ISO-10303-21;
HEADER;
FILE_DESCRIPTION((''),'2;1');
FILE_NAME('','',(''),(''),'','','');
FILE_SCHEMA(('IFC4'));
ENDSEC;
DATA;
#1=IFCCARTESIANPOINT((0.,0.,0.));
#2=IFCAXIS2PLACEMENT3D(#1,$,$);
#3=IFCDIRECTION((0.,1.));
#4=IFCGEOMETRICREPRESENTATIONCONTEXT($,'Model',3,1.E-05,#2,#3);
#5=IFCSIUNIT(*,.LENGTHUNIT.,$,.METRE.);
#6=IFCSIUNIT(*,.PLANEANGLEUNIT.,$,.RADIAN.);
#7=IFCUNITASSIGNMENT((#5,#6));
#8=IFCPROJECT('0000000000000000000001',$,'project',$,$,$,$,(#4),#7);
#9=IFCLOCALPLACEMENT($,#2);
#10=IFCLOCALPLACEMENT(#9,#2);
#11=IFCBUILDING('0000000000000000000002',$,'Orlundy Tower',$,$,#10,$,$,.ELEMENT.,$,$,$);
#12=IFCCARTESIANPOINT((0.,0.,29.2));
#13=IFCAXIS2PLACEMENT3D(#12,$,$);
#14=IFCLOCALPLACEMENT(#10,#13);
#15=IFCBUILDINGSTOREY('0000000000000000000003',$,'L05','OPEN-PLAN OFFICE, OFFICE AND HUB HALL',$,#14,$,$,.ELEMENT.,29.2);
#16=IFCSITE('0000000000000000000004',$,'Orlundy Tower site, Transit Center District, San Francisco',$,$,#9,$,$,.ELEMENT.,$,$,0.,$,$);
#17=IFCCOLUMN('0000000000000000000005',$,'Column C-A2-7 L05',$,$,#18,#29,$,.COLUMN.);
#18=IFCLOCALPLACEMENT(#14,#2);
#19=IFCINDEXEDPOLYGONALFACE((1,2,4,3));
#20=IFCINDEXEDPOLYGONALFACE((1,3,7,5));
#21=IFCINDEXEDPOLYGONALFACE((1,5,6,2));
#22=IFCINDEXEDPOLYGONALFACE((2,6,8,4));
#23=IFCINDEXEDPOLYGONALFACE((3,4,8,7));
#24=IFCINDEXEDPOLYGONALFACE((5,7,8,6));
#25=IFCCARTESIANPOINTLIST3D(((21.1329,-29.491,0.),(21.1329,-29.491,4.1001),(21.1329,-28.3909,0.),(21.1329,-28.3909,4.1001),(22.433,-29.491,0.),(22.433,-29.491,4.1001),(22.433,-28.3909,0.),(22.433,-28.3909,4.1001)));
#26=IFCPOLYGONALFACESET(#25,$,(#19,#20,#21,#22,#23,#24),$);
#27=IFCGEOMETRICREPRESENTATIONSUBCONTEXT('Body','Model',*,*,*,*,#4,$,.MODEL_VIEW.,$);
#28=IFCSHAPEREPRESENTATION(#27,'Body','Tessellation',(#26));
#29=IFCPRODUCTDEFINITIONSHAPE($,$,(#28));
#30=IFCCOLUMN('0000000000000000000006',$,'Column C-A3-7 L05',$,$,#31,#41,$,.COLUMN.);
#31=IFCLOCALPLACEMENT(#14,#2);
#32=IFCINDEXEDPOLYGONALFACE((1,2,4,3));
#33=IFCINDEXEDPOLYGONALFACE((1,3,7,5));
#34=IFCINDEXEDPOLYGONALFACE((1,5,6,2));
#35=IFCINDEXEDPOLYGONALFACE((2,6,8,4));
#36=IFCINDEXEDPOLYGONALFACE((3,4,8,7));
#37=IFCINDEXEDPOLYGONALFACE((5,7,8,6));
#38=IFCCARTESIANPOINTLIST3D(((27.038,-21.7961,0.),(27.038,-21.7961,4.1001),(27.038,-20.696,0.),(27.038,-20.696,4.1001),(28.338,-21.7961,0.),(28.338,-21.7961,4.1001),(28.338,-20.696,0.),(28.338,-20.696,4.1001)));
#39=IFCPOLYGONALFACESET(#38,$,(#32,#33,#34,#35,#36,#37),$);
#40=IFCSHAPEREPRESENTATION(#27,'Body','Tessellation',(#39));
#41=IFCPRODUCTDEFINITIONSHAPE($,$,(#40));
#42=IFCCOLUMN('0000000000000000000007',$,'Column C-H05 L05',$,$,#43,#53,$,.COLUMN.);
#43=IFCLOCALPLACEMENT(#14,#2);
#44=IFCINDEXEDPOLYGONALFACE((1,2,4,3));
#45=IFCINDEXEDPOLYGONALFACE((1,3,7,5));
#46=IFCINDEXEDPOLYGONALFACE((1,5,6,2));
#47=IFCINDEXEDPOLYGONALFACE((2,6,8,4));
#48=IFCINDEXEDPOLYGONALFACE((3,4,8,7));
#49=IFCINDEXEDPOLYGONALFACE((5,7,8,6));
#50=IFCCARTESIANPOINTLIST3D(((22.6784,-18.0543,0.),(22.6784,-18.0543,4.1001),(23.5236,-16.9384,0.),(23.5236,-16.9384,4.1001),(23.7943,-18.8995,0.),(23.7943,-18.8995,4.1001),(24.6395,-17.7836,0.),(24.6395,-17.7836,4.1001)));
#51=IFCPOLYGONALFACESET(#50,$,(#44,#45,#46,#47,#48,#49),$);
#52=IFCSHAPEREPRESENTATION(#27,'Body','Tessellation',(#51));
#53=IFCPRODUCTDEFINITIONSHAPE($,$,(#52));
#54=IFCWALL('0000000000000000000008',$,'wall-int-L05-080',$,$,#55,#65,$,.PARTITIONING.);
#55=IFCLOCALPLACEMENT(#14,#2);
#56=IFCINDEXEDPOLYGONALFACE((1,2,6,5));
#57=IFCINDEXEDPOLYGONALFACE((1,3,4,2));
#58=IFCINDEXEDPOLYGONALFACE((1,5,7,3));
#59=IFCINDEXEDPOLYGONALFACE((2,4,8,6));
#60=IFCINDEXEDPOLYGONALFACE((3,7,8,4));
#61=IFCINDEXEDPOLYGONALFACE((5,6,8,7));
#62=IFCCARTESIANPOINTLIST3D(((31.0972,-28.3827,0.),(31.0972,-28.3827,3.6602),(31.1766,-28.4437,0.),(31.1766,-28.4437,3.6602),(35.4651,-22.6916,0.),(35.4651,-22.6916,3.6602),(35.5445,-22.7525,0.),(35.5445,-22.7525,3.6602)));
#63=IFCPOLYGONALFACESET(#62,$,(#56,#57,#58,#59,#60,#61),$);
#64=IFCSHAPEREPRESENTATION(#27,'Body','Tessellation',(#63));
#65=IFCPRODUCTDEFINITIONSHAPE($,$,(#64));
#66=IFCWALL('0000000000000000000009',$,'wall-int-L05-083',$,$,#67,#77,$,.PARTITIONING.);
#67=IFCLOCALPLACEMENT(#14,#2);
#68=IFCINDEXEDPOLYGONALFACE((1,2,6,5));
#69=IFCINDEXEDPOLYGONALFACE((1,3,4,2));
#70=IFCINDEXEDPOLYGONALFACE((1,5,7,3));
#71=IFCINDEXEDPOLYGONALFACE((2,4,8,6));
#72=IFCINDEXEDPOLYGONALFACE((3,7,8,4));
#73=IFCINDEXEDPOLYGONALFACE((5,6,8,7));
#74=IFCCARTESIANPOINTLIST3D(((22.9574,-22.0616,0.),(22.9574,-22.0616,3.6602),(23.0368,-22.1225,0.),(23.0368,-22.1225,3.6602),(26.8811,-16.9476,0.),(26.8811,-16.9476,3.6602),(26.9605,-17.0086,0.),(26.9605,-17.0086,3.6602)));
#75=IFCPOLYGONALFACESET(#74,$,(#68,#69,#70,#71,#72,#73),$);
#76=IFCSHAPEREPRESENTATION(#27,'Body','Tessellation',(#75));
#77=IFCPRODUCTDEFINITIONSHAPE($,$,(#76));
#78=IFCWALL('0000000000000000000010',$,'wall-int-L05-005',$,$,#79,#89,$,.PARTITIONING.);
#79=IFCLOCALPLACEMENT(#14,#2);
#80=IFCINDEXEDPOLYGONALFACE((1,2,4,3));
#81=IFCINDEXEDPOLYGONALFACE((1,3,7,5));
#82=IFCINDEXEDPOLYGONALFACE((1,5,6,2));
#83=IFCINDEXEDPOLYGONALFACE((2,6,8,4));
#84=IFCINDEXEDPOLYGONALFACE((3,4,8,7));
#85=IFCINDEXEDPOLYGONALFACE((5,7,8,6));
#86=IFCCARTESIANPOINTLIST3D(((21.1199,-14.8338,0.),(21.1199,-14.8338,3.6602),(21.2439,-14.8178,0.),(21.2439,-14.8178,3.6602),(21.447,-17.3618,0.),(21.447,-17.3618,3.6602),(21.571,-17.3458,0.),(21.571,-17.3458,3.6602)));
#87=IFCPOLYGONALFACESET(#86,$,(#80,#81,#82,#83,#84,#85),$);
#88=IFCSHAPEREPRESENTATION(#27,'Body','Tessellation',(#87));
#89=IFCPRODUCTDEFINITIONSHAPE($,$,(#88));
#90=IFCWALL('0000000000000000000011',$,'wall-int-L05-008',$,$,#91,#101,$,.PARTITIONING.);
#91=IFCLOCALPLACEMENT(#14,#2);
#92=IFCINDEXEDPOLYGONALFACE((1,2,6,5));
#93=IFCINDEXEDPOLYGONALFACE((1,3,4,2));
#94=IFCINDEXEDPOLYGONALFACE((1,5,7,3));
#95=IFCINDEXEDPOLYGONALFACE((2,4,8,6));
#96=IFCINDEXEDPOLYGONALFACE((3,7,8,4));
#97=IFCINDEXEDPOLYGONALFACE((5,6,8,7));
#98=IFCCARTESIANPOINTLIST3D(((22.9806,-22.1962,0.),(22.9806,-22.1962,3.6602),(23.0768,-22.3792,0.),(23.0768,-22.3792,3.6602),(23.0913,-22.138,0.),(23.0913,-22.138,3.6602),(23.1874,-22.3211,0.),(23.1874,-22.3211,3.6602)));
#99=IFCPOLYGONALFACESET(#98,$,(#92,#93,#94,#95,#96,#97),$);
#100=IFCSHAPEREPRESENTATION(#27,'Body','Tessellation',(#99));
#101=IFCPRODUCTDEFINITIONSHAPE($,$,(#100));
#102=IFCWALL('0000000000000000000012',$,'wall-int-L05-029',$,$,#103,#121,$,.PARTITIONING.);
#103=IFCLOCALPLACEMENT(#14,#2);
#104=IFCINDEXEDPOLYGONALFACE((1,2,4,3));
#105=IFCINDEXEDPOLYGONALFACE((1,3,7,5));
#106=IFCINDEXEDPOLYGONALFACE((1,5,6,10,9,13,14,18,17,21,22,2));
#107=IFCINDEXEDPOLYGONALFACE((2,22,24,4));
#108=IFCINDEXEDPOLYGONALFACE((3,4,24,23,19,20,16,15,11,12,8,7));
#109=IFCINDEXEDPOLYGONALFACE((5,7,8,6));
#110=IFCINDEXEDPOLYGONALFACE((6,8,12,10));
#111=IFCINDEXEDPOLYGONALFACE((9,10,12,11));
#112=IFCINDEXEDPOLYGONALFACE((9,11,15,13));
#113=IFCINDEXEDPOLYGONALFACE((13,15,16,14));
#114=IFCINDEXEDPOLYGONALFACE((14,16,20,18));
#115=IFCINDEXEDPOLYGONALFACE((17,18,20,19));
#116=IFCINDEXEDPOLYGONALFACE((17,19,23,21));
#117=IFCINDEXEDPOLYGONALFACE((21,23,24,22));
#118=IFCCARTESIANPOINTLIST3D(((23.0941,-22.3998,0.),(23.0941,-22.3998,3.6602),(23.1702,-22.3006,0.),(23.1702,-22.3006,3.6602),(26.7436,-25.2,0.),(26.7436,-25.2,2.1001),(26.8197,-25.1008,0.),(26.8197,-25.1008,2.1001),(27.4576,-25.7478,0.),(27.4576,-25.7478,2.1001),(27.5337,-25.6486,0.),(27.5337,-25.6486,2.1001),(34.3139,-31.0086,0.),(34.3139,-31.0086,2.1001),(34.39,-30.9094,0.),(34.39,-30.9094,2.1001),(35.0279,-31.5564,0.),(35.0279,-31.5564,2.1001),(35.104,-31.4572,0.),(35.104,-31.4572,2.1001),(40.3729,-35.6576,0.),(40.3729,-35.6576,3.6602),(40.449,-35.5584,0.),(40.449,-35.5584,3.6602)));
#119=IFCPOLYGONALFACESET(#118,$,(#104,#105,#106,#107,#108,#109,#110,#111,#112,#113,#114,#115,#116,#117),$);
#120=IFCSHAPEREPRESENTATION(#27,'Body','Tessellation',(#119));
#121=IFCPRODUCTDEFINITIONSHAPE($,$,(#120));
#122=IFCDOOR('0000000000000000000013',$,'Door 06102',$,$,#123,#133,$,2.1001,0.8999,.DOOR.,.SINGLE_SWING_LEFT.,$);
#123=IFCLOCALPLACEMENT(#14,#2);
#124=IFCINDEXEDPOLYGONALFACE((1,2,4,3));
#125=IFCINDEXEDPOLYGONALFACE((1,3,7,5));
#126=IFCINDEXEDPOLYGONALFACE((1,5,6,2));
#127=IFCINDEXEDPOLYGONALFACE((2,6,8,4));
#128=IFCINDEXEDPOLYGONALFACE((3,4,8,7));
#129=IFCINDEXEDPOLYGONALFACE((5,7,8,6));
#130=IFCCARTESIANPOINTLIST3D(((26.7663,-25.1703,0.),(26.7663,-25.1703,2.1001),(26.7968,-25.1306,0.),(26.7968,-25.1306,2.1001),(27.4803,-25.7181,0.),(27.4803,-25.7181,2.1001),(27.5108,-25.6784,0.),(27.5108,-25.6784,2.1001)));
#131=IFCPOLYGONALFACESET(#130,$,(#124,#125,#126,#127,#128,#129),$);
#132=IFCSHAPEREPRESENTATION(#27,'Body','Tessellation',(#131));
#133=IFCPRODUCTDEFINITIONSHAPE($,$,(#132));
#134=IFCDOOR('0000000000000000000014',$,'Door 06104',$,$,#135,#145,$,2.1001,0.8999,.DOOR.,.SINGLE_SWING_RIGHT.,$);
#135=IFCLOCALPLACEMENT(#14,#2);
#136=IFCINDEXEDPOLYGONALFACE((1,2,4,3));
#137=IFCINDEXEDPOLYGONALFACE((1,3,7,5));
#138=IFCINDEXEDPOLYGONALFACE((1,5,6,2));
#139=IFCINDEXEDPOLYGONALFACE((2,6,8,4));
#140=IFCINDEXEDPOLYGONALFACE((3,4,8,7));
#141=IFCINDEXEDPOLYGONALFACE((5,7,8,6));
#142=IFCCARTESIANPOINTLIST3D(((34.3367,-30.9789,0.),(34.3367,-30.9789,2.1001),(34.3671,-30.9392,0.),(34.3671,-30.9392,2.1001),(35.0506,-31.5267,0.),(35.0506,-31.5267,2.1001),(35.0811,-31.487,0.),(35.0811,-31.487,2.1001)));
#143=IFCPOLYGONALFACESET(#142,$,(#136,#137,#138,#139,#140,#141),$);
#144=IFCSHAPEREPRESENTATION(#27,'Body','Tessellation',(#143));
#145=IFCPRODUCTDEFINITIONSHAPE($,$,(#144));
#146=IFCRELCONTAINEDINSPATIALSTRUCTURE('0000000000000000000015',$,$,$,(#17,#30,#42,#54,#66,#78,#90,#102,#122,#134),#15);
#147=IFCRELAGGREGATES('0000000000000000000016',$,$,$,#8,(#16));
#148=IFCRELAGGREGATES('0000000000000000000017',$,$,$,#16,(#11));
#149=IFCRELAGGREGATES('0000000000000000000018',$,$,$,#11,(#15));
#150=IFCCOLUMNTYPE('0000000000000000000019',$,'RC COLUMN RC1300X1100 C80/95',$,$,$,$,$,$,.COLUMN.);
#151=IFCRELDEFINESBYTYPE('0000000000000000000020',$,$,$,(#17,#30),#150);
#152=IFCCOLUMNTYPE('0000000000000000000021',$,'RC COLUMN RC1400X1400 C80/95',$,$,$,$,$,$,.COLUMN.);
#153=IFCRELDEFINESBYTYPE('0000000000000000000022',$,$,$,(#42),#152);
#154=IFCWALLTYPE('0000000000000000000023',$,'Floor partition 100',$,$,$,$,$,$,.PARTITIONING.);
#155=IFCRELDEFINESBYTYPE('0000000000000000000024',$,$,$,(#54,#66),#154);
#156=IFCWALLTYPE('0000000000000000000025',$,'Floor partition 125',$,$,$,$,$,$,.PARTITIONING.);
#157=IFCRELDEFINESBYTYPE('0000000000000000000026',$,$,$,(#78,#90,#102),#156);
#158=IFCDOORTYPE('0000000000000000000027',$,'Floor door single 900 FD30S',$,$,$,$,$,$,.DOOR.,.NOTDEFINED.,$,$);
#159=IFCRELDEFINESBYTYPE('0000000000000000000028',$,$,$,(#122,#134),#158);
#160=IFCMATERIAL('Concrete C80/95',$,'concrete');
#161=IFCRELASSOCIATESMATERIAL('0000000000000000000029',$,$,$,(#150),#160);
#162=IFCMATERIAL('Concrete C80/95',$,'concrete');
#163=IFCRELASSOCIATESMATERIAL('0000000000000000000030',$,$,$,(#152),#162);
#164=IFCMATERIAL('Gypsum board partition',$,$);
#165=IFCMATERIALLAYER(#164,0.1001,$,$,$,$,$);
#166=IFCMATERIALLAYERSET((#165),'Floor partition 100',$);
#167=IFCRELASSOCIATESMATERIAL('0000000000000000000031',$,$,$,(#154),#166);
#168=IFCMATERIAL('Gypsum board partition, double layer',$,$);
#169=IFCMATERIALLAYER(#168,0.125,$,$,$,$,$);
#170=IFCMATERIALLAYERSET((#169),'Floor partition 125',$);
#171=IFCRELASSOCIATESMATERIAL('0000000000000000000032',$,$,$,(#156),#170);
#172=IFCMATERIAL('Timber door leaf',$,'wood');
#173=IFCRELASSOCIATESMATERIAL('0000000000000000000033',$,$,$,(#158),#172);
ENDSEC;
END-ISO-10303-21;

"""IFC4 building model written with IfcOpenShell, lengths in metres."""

from ifc_helpers import new_model, si_unit, direction, frame, frame_2d, origin, origin_2d, place, context, subcontext, project, spatial, rectangle, extrude, material, layer, layer_set, material_profile, profile_set, type_object, element, fill, save


model = new_model("IFC4")

# Units and contexts
model_context = context("Model", 3, precision=1e-05, world=origin(), true_north=direction((0.0, 1.0)))
body_context = subcontext(model_context, "Body", "Model", "MODEL_VIEW")
ifc_project = project(units=[si_unit("LENGTHUNIT", "METRE"), si_unit("PLANEANGLEUNIT", "RADIAN")], contexts=[model_context])

# Site, building, storey
site_placement = place(None, origin())
site = spatial("IfcSite", under=ifc_project, at=site_placement, Name="Orlundy Tower site, Transit Center District, San Francisco", CompositionType="ELEMENT", RefElevation=0.0)
building_placement = place(site_placement, origin())
building = spatial("IfcBuilding", under=site, at=building_placement, Name="Orlundy Tower", CompositionType="ELEMENT")
storey_placement = place(building_placement, frame((0.0, 0.0, 29.2)))
storey = spatial("IfcBuildingStorey", under=building, at=storey_placement, Name="L05", Description="OPEN-PLAN OFFICE, OFFICE AND HUB HALL", CompositionType="ELEMENT", Elevation=29.2)

# Columns
ifc_material_1 = material(Name="Concrete C80/95", Category="concrete")
ifc_material_profile_1 = material_profile(ifc_material_1, rectangle(XDim=1.3, YDim=1.1001, at=origin_2d()), Name="RC1300X1100")
ifc_profile_set_1 = profile_set([ifc_material_profile_1], Name="Concrete C80/95")
column_type_1 = type_object("IfcColumnType", Name="RC COLUMN RC1300X1100 C80/95", PredefinedType="COLUMN", material=ifc_profile_set_1)
for number, where, z_axis, x_axis, name in (
    (1, (21.783, -28.9409, 0.0), (0.0, 0.0, 1.0), (1.0, 0.0, 0.0), "Column C-A2-7 L05"),
    (2, (27.688, -21.2461, 0.0), (0.0, 0.0, 1.0), (1.0, 0.0, 0.0), "Column C-A3-7 L05"),
):
    element("IfcColumn", number, at=place(storey_placement, frame(where, z_axis=z_axis, x_axis=x_axis)), inside=storey, type_object=column_type_1, Name=name, PredefinedType="COLUMN", context=body_context, shape_type="SweptSolid", body=[
        extrude(rectangle(XDim=1.3, YDim=1.1001, at=origin_2d()), origin(), (0.0, 0.0, 1.0), 4.1001),
    ])
ifc_material_2 = material(Name="Concrete C80/95", Category="concrete")
ifc_material_profile_2 = material_profile(ifc_material_2, rectangle(XDim=1.3999, YDim=1.3999, at=origin_2d()), Name="RC1400X1400")
ifc_profile_set_2 = profile_set([ifc_material_profile_2], Name="Concrete C80/95")
column_type_2 = type_object("IfcColumnType", Name="RC COLUMN RC1400X1400 C80/95", PredefinedType="COLUMN", material=ifc_profile_set_2)
column_placement = place(storey_placement, frame((23.6589, -17.9189, 0.0), z_axis=(0.0, 0.0, 1.0), x_axis=(0.797163, -0.603765, 0.0)))
element("IfcColumn", 3, at=column_placement, inside=storey, type_object=column_type_2, Name="Column C-H05 L05", PredefinedType="COLUMN", context=body_context, shape_type="SweptSolid", body=[
    extrude(rectangle(XDim=1.3999, YDim=1.3999, at=origin_2d()), origin(), (0.0, 0.0, 1.0), 4.1001),
])

# Walls
ifc_material_3 = material(Name="Gypsum board partition")
ifc_layer_1 = layer(ifc_material_3, 0.1001)
ifc_layer_set_1 = layer_set([ifc_layer_1], Name="Floor partition 100")
wall_type_1 = type_object("IfcWallType", Name="Floor partition 100", PredefinedType="PARTITIONING", material=ifc_layer_set_1)
wall_1_placement = place(storey_placement, frame((31.137, -28.4131, 0.0), z_axis=(0.0, 0.0, 1.0), x_axis=(0.608844, 0.79329, 0.0)))
element("IfcWall", 4, at=wall_1_placement, inside=storey, type_object=wall_type_1, Name="wall-int-L05-080", PredefinedType="PARTITIONING", context=body_context, shape_type="SweptSolid", body=[
    extrude(rectangle(XDim=7.1741, YDim=0.1001, at=frame_2d((3.5869, 0.0))), origin(), (0.0, 0.0, 1.0), 3.6602),
])
wall_2_placement = place(storey_placement, frame((22.9971, -22.092, 0.0), z_axis=(0.0, 0.0, 1.0), x_axis=(0.608733, 0.793375, 0.0)))
element("IfcWall", 5, at=wall_2_placement, inside=storey, type_object=wall_type_1, Name="wall-int-L05-083", PredefinedType="PARTITIONING", context=body_context, shape_type="SweptSolid", body=[
    extrude(rectangle(XDim=6.4458, YDim=0.1001, at=frame_2d((3.2229, 0.0))), origin(), (0.0, 0.0, 1.0), 3.6602),
])
ifc_material_4 = material(Name="Gypsum board partition, double layer")
ifc_layer_2 = layer(ifc_material_4, 0.125)
ifc_layer_set_2 = layer_set([ifc_layer_2], Name="Floor partition 125")
wall_type_2 = type_object("IfcWallType", Name="Floor partition 125", PredefinedType="PARTITIONING", material=ifc_layer_set_2)
wall_3_placement = place(storey_placement, frame((21.1819, -14.8259, 0.0), z_axis=(0.0, 0.0, 1.0), x_axis=(0.128336, -0.991731, 0.0)))
element("IfcWall", 6, at=wall_3_placement, inside=storey, type_object=wall_type_2, Name="wall-int-L05-005", PredefinedType="PARTITIONING", context=body_context, shape_type="SweptSolid", body=[
    extrude(rectangle(XDim=2.5491, YDim=0.125, at=frame_2d((1.2744, 0.0))), origin(), (0.0, 0.0, 1.0), 3.6602),
])
wall_4_placement = place(storey_placement, frame((23.0359, -22.167, 0.0), z_axis=(0.0, 0.0, 1.0), x_axis=(0.465065, -0.885276, 0.0)))
element("IfcWall", 7, at=wall_4_placement, inside=storey, type_object=wall_type_2, Name="wall-int-L05-008", PredefinedType="PARTITIONING", context=body_context, shape_type="SweptSolid", body=[
    extrude(rectangle(XDim=0.2068, YDim=0.125, at=frame_2d((0.1035, 0.0))), origin(), (0.0, 0.0, 1.0), 3.6602),
])

# Wall, openings, doors
wall_5_placement = place(storey_placement, frame((23.1321, -22.3501, 0.0), z_axis=(0.0, 0.0, 1.0), x_axis=(0.793369, -0.608742, 0.0)))
wall_5 = element("IfcWall", 8, at=wall_5_placement, inside=storey, type_object=wall_type_2, Name="wall-int-L05-029", PredefinedType="PARTITIONING", context=body_context, shape_type="SweptSolid", body=[
    extrude(rectangle(XDim=21.7791, YDim=0.125, at=frame_2d((10.8896, 0.0))), origin(), (0.0, 0.0, 1.0), 3.6602),
])
opening_1_placement = place(wall_5_placement, frame((4.6001, 0.0, 0.0)))
opening_1 = element("IfcOpeningElement", 9, at=opening_1_placement, cuts=wall_5, PredefinedType="OPENING", context=body_context, shape_type="SweptSolid", body=[
    extrude(rectangle(XDim=0.8999, YDim=2.1001, at=frame_2d((0.45, 1.05))), frame((0.0, 0.0725, 0.0), z_axis=(0.0, -1.0, 0.0), x_axis=(1.0, 0.0, 0.0)), (0.0, 0.0, 1.0), 0.145),
])
opening_2_placement = place(wall_5_placement, frame((14.1421, 0.0, 0.0)))
opening_2 = element("IfcOpeningElement", 10, at=opening_2_placement, cuts=wall_5, PredefinedType="OPENING", context=body_context, shape_type="SweptSolid", body=[
    extrude(rectangle(XDim=0.8999, YDim=2.1001, at=frame_2d((0.45, 1.05))), frame((0.0, 0.0725, 0.0), z_axis=(0.0, -1.0, 0.0), x_axis=(1.0, 0.0, 0.0)), (0.0, 0.0, 1.0), 0.145),
])
ifc_material_5 = material(Name="Timber door leaf", Category="wood")
door_type = type_object("IfcDoorType", Name="Floor door single 900 FD30S", OperationType="NOTDEFINED", PredefinedType="DOOR", material=ifc_material_5)
door_1_placement = place(opening_1_placement, origin())
door_1 = element("IfcDoor", 11, at=door_1_placement, inside=storey, type_object=door_type, Name="Door 06102", OperationType="SINGLE_SWING_LEFT", OverallHeight=2.1001, OverallWidth=0.8999, PredefinedType="DOOR", context=body_context, shape_type="SweptSolid", body=[
    extrude(rectangle(XDim=0.8999, YDim=2.1001, at=frame_2d((0.45, 1.05))), frame((0.0, 0.0249, 0.0), z_axis=(0.0, -1.0, 0.0), x_axis=(1.0, 0.0, 0.0)), (0.0, 0.0, 1.0), 0.05),
])
fill(opening_1, door_1)
door_2_placement = place(opening_2_placement, origin())
door_2 = element("IfcDoor", 12, at=door_2_placement, inside=storey, type_object=door_type, Name="Door 06104", OperationType="SINGLE_SWING_RIGHT", OverallHeight=2.1001, OverallWidth=0.8999, PredefinedType="DOOR", context=body_context, shape_type="SweptSolid", body=[
    extrude(rectangle(XDim=0.8999, YDim=2.1001, at=frame_2d((0.45, 1.05))), frame((0.0, 0.0249, 0.0), z_axis=(0.0, -1.0, 0.0), x_axis=(1.0, 0.0, 0.0)), (0.0, 0.0, 1.0), 0.05),
])
fill(opening_2, door_2)

save(model, "model.ifc")
